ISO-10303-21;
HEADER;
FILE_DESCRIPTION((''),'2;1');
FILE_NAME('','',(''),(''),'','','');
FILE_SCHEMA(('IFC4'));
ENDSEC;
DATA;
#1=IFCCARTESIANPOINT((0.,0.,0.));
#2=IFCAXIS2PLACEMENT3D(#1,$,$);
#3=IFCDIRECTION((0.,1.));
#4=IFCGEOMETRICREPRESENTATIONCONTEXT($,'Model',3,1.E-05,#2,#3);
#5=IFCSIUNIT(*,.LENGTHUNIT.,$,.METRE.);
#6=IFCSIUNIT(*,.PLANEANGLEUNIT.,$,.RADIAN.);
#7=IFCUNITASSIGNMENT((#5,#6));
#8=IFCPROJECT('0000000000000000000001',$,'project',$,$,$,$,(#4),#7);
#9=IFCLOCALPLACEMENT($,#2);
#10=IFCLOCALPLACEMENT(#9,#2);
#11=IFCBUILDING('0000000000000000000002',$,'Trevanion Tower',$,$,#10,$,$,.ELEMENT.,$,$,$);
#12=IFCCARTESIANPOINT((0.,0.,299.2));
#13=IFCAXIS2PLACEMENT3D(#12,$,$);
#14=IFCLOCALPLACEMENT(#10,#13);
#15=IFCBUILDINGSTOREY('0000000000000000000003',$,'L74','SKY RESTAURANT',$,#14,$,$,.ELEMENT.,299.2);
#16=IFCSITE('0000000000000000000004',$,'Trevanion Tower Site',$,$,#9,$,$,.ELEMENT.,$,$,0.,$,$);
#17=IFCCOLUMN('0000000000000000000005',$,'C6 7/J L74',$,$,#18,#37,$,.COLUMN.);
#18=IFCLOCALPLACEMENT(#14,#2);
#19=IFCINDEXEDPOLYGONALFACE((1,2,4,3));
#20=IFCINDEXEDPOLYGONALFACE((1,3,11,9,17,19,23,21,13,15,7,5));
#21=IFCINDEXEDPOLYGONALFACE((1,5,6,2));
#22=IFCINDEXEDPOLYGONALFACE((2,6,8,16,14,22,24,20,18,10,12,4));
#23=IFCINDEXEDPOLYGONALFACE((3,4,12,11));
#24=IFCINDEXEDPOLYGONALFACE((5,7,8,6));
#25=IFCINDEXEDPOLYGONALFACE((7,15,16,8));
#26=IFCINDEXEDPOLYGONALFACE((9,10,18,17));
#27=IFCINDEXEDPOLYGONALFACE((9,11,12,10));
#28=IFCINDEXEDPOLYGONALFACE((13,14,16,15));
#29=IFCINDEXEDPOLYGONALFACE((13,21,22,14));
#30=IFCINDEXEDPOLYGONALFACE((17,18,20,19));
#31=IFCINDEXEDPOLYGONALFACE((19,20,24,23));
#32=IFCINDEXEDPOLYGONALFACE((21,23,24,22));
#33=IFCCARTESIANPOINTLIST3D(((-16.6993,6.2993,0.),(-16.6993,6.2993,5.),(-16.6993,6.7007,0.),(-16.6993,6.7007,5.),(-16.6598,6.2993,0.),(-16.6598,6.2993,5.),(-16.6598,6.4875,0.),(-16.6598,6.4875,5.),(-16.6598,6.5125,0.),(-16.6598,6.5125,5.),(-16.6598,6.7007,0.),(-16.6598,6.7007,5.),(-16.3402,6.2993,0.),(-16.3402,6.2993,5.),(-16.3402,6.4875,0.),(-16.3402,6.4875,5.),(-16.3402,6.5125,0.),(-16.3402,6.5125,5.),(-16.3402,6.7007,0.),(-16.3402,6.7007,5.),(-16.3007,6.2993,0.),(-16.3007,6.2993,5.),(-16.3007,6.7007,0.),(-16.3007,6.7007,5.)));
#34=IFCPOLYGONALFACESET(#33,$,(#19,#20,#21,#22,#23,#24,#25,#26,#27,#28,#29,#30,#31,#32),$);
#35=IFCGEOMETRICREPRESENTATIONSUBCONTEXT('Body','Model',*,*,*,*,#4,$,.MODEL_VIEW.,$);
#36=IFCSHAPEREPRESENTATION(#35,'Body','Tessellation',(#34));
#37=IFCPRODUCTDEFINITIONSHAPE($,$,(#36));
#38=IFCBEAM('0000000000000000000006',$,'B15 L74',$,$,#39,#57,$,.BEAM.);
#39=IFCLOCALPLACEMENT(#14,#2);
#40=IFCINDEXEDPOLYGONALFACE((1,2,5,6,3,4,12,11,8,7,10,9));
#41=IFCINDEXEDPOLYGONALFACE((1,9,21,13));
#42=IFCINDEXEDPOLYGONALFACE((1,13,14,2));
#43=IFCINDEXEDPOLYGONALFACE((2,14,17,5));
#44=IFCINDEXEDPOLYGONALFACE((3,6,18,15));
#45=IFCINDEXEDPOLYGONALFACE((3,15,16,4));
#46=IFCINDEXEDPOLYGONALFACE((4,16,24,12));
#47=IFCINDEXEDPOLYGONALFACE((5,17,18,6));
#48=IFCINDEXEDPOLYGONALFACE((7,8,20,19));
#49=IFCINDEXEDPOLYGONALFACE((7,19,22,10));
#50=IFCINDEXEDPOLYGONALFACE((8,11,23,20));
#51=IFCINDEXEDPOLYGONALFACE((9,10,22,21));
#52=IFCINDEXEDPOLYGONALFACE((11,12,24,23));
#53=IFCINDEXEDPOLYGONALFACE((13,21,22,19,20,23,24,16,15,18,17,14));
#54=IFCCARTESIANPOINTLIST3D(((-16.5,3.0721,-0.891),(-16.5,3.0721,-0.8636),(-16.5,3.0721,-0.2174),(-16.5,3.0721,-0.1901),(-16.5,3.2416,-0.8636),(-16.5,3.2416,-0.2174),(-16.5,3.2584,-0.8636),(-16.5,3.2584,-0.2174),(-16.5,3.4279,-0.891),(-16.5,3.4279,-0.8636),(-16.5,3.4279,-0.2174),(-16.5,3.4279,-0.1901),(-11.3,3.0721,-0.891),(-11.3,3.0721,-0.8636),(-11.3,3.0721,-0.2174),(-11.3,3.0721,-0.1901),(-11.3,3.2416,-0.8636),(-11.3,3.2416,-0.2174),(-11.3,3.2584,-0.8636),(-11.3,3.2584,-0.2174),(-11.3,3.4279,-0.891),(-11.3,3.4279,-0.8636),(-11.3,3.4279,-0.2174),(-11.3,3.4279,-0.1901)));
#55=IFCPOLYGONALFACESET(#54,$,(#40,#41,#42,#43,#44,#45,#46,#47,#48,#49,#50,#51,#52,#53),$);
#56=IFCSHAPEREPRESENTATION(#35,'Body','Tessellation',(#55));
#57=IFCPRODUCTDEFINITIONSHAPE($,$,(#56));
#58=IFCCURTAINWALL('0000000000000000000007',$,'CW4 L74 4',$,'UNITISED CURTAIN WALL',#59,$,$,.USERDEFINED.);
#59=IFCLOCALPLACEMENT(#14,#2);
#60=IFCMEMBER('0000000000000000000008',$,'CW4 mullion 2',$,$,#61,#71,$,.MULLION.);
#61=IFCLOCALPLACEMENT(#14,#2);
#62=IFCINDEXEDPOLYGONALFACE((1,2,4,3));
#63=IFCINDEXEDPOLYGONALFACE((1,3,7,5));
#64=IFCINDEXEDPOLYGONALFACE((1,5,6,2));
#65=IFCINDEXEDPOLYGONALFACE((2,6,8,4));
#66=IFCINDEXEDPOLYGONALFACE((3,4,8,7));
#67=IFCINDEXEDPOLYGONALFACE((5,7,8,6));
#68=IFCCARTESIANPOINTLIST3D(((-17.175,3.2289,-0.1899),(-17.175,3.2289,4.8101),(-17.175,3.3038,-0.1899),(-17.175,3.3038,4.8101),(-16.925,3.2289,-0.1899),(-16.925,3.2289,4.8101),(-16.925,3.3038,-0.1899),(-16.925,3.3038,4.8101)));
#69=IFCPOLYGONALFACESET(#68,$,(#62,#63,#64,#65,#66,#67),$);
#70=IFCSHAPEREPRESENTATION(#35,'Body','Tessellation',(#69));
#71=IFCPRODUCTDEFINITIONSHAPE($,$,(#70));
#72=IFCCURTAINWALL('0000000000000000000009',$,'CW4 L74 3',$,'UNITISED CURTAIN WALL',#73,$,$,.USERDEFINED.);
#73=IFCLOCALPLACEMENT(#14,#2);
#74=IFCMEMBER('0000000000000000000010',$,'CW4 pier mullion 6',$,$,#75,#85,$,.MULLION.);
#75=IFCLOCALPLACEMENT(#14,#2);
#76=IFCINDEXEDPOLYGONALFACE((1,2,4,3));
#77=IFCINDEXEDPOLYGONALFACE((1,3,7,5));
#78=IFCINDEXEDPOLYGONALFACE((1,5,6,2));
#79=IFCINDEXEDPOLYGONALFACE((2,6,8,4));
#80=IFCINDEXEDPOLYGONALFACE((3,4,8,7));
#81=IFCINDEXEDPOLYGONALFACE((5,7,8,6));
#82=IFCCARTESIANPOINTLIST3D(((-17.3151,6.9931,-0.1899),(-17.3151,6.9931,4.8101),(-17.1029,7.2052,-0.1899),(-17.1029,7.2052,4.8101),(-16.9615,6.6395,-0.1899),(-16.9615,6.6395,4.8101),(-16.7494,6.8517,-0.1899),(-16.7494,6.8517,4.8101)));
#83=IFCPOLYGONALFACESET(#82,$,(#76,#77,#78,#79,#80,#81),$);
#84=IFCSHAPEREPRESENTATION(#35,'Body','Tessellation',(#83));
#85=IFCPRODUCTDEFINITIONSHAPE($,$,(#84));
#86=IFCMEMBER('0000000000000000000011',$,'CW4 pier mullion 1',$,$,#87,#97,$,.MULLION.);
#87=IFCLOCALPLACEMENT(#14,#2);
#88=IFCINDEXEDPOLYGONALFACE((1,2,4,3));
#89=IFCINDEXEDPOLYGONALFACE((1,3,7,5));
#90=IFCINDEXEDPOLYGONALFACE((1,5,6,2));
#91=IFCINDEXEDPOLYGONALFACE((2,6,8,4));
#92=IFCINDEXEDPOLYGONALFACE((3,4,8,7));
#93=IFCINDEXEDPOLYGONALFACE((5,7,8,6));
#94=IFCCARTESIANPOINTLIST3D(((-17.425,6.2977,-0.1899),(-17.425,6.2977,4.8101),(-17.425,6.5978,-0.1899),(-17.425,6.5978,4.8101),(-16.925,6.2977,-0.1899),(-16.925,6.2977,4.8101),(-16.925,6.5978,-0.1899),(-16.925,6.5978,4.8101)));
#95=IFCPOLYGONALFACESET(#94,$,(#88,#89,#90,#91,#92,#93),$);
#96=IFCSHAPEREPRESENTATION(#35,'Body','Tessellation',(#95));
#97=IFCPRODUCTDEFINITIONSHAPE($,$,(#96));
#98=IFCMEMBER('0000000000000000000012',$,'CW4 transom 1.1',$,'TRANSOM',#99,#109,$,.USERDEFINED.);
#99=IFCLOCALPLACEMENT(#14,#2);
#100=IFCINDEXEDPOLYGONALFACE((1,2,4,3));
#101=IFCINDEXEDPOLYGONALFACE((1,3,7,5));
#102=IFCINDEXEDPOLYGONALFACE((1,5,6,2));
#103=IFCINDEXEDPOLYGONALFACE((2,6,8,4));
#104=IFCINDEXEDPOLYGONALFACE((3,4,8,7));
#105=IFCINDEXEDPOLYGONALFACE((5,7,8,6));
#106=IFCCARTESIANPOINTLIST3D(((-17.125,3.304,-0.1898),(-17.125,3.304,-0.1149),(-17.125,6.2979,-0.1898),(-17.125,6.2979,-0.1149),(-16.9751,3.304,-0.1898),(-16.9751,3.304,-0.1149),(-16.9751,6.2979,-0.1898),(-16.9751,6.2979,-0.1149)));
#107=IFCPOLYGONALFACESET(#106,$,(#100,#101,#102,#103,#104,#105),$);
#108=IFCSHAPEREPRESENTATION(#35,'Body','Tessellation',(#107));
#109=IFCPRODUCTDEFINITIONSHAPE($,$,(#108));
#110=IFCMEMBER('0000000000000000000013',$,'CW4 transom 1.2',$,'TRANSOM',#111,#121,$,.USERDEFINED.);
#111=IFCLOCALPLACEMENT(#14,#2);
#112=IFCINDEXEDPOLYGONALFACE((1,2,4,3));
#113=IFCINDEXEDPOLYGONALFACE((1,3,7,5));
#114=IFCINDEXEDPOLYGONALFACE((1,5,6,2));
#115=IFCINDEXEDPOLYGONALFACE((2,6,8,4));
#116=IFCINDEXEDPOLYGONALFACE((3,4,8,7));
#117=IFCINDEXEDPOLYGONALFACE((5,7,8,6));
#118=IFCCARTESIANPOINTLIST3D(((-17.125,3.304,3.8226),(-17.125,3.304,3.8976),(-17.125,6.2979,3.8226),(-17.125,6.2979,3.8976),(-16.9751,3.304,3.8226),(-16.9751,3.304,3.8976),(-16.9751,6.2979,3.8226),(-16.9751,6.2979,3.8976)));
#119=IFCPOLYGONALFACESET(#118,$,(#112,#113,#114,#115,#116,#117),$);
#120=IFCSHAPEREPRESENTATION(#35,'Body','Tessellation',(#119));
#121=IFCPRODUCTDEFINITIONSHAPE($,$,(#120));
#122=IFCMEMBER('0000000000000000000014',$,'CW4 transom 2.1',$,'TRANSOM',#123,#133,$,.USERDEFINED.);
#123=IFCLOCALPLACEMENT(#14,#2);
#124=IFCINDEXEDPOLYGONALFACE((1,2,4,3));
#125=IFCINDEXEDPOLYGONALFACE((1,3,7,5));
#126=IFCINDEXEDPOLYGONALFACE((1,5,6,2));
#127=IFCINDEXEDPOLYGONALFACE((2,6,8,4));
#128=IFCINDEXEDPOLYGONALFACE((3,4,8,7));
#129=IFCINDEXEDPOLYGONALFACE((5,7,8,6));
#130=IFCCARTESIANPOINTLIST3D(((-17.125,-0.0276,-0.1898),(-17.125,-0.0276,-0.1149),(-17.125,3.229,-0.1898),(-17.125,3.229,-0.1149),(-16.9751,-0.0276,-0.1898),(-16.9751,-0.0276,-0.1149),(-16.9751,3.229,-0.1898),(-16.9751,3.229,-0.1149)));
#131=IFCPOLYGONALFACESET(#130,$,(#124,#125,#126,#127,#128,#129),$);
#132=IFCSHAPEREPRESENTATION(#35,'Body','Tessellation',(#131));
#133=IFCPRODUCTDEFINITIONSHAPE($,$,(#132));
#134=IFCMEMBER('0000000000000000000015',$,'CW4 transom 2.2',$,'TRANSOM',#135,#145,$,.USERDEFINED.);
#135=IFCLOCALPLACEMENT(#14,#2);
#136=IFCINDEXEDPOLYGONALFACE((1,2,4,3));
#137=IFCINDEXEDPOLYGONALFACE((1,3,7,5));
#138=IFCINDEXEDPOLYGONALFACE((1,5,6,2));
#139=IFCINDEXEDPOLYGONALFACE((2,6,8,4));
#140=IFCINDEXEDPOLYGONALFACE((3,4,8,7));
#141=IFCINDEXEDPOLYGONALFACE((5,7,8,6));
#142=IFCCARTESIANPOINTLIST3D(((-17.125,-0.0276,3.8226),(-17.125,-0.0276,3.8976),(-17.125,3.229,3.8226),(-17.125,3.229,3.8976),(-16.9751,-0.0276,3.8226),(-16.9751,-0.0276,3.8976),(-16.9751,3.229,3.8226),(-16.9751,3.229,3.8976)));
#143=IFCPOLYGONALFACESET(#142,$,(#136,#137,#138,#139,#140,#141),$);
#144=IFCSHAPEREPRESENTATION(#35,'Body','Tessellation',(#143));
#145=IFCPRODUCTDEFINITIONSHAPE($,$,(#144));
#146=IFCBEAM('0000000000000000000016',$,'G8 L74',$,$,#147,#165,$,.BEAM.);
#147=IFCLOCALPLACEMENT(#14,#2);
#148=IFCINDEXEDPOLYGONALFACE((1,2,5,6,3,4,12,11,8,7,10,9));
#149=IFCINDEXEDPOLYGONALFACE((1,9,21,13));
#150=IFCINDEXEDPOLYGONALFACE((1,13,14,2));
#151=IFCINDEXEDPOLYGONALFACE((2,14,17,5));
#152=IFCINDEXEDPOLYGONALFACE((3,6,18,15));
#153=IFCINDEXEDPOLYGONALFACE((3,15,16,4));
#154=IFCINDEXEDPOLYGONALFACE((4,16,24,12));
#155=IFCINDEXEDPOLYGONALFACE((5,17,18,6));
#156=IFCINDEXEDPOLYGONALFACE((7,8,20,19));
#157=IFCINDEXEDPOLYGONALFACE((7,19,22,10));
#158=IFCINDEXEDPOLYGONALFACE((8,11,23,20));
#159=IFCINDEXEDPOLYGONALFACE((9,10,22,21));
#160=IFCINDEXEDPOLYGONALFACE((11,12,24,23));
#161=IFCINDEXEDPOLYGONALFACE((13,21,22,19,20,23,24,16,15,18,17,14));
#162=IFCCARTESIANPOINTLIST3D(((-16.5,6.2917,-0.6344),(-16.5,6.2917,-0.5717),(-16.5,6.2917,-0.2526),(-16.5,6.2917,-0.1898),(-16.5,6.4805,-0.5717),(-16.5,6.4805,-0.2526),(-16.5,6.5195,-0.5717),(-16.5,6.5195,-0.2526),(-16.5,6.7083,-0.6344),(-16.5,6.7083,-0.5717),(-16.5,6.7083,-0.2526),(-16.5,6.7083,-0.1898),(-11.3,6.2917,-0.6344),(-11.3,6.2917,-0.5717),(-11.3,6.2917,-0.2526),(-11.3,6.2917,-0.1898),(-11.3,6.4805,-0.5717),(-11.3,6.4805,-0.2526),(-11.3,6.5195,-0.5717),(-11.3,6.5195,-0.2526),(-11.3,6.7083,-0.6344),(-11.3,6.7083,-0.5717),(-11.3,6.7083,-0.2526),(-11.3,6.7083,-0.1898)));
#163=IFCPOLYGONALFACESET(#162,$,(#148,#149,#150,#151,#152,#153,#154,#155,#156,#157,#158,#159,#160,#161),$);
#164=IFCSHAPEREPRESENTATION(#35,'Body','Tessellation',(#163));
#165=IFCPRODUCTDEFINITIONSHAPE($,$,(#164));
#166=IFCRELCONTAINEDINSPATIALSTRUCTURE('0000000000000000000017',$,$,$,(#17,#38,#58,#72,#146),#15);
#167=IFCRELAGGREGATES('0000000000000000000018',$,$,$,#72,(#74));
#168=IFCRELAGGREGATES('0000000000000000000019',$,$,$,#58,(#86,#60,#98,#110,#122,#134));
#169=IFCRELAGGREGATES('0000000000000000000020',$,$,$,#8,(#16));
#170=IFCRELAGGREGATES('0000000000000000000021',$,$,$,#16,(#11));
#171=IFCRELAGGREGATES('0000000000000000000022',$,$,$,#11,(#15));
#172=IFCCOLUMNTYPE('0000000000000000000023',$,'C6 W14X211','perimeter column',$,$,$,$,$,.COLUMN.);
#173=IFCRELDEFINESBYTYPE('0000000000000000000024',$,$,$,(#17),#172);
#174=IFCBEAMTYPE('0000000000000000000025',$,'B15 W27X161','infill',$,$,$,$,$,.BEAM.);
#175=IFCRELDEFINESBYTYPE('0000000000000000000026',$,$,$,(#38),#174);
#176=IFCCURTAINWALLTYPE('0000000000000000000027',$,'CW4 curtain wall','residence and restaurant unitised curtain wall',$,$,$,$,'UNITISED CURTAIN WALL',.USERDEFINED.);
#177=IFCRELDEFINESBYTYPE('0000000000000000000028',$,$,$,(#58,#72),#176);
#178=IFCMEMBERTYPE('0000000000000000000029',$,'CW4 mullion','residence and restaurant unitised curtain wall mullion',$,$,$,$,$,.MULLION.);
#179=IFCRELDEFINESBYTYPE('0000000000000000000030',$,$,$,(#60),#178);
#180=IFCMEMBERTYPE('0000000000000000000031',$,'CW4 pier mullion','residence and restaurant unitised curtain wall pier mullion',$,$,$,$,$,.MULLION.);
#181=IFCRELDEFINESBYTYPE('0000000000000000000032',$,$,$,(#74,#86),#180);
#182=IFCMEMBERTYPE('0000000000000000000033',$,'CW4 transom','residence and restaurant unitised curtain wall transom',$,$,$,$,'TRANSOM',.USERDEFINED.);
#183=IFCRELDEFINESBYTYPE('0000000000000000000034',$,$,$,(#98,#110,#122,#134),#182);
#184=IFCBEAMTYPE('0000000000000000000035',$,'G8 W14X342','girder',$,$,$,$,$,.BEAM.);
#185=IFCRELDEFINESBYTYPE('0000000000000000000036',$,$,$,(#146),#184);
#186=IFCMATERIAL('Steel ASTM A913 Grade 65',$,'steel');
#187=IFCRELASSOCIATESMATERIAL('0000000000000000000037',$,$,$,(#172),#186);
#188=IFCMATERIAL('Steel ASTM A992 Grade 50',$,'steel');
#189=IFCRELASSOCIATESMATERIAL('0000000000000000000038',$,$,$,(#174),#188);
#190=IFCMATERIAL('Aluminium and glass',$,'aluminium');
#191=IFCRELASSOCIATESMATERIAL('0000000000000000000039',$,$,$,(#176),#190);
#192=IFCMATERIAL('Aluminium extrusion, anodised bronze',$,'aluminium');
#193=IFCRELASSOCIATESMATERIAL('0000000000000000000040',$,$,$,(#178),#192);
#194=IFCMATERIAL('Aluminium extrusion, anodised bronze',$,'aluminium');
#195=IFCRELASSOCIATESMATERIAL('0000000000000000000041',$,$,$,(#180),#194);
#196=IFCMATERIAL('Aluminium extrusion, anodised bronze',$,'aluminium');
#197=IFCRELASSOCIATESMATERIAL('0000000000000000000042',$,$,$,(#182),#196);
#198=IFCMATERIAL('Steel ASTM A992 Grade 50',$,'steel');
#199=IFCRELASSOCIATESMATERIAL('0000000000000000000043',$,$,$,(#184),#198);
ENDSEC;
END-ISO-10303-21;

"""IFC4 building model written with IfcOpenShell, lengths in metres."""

from ifc_helpers import new_model, si_unit, direction, frame, origin, origin_2d, place, context, subcontext, project, spatial, rectangle, i_section, extrude, material, material_profile, profile_set, type_object, element, aggregate, save


model = new_model("IFC4")

# Units and contexts
model_context = context("Model", 3, precision=1e-05, world=origin(), true_north=direction((0.0, 1.0)))
body_context = subcontext(model_context, "Body", "Model", "MODEL_VIEW")
ifc_project = project(units=[si_unit("LENGTHUNIT", "METRE"), si_unit("PLANEANGLEUNIT", "RADIAN")], contexts=[model_context])

# Site, building, storey
site_placement = place(None, origin())
site = spatial("IfcSite", under=ifc_project, at=site_placement, Name="Trevanion Tower Site", CompositionType="ELEMENT", RefElevation=0.0)
building_placement = place(site_placement, origin())
building = spatial("IfcBuilding", under=site, at=building_placement, Name="Trevanion Tower", CompositionType="ELEMENT")
storey_placement = place(building_placement, frame((0.0, 0.0, 299.2)))
storey = spatial("IfcBuildingStorey", under=building, at=storey_placement, Name="L74", Description="SKY RESTAURANT", CompositionType="ELEMENT", Elevation=299.2)

# Column
ifc_material_1 = material(Name="Steel ASTM A913 Grade 65", Category="steel")
ifc_material_profile_1 = material_profile(ifc_material_1, i_section(OverallWidth=0.4014, OverallDepth=0.3987, WebThickness=0.0249, FlangeThickness=0.0396, at=origin_2d()), Name="W14X211")
ifc_profile_set_1 = profile_set([ifc_material_profile_1], Name="Steel ASTM A913 Grade 65")
column_type = type_object("IfcColumnType", Name="C6 W14X211", Description="perimeter column", PredefinedType="COLUMN", material=ifc_profile_set_1)
column_placement = place(storey_placement, frame((-16.5, 6.5, 0.0), z_axis=(0.0, 0.0, 1.0), x_axis=(0.0, 1.0, 0.0)))
element("IfcColumn", 1, at=column_placement, inside=storey, type_object=column_type, Name="C6 7/J L74", PredefinedType="COLUMN", context=body_context, shape_type="SweptSolid", body=[
    extrude(i_section(OverallWidth=0.4014, OverallDepth=0.3987, WebThickness=0.0249, FlangeThickness=0.0396, at=origin_2d()), origin(), (0.0, 0.0, 1.0), 5.0),
])

# Beam
ifc_material_2 = material(Name="Steel ASTM A992 Grade 50", Category="steel")
ifc_material_profile_2 = material_profile(ifc_material_2, i_section(OverallWidth=0.3557, OverallDepth=0.7009, WebThickness=0.0168, FlangeThickness=0.0273, at=origin_2d()), Name="W27X161")
ifc_profile_set_2 = profile_set([ifc_material_profile_2], Name="Steel ASTM A992 Grade 50")
beam_type_1 = type_object("IfcBeamType", Name="B15 W27X161", Description="infill", PredefinedType="BEAM", material=ifc_profile_set_2)
beam_1_placement = place(storey_placement, frame((-11.3, 3.25, -0.5405), z_axis=(-1.0, 0.0, 0.0), x_axis=(0.0, -1.0, 0.0)))
element("IfcBeam", 2, at=beam_1_placement, inside=storey, type_object=beam_type_1, Name="B15 L74", PredefinedType="BEAM", context=body_context, shape_type="SweptSolid", body=[
    extrude(i_section(OverallWidth=0.3557, OverallDepth=0.7009, WebThickness=0.0168, FlangeThickness=0.0273, at=origin_2d()), origin(), (0.0, 0.0, 1.0), 5.2),
])

# Curtain walls, members
ifc_material_3 = material(Name="Aluminium and glass", Category="aluminium")
curtain_wall_type = type_object("IfcCurtainWallType", Name="CW4 curtain wall", Description="residence and restaurant unitised curtain wall", ElementType="UNITISED CURTAIN WALL", PredefinedType="USERDEFINED", material=ifc_material_3)
curtain_wall_1_placement = place(storey_placement, origin())
curtain_wall_1 = element("IfcCurtainWall", 3, at=curtain_wall_1_placement, inside=storey, type_object=curtain_wall_type, Name="CW4 L74 4", ObjectType="UNITISED CURTAIN WALL", PredefinedType="USERDEFINED")
ifc_material_4 = material(Name="Aluminium extrusion, anodised bronze", Category="aluminium")
ifc_material_profile_3 = material_profile(ifc_material_4, rectangle(XDim=0.075, YDim=0.25, at=origin_2d()), Name="CW4 mullion")
ifc_profile_set_3 = profile_set([ifc_material_profile_3], Name="Aluminium extrusion, anodised bronze")
member_type_1 = type_object("IfcMemberType", Name="CW4 mullion", Description="residence and restaurant unitised curtain wall mullion", PredefinedType="MULLION", material=ifc_profile_set_3)
member_1_placement = place(storey_placement, frame((-17.05, 3.2664, -0.1899), z_axis=(0.0, 0.0, 1.0), x_axis=(0.0, -1.0, 0.0)))
member_1 = element("IfcMember", 4, at=member_1_placement, type_object=member_type_1, Name="CW4 mullion 2", PredefinedType="MULLION", context=body_context, shape_type="SweptSolid", body=[
    extrude(rectangle(XDim=0.075, YDim=0.25, at=origin_2d()), origin(), (0.0, 0.0, 1.0), 5.0),
])
curtain_wall_2_placement = place(storey_placement, origin())
curtain_wall_2 = element("IfcCurtainWall", 5, at=curtain_wall_2_placement, inside=storey, type_object=curtain_wall_type, Name="CW4 L74 3", ObjectType="UNITISED CURTAIN WALL", PredefinedType="USERDEFINED")
ifc_material_5 = material(Name="Aluminium extrusion, anodised bronze", Category="aluminium")
ifc_material_profile_4 = material_profile(ifc_material_5, rectangle(XDim=0.3, YDim=0.5, at=origin_2d()), Name="CW4 pier mullion")
ifc_profile_set_4 = profile_set([ifc_material_profile_4], Name="Aluminium extrusion, anodised bronze")
member_type_2 = type_object("IfcMemberType", Name="CW4 pier mullion", Description="residence and restaurant unitised curtain wall pier mullion", PredefinedType="MULLION", material=ifc_profile_set_4)
member_2_placement = place(storey_placement, frame((-17.0322, 6.9224, -0.1899), z_axis=(0.0, 0.0, 1.0), x_axis=(-0.707107, -0.707107, 0.0)))
member_2 = element("IfcMember", 6, at=member_2_placement, type_object=member_type_2, Name="CW4 pier mullion 6", PredefinedType="MULLION", context=body_context, shape_type="SweptSolid", body=[
    extrude(rectangle(XDim=0.3, YDim=0.5, at=origin_2d()), origin(), (0.0, 0.0, 1.0), 5.0),
])

# Members
member_3_placement = place(storey_placement, frame((-17.175, 6.4478, -0.1899), z_axis=(0.0, 0.0, 1.0), x_axis=(0.0, -1.0, 0.0)))
member_3 = element("IfcMember", 7, at=member_3_placement, type_object=member_type_2, Name="CW4 pier mullion 1", PredefinedType="MULLION", context=body_context, shape_type="SweptSolid", body=[
    extrude(rectangle(XDim=0.3, YDim=0.5, at=origin_2d()), origin(), (0.0, 0.0, 1.0), 5.0),
])
ifc_material_6 = material(Name="Aluminium extrusion, anodised bronze", Category="aluminium")
ifc_material_profile_5 = material_profile(ifc_material_6, rectangle(XDim=0.1499, YDim=0.075, at=origin_2d()), Name="CW4 transom")
ifc_profile_set_5 = profile_set([ifc_material_profile_5], Name="Aluminium extrusion, anodised bronze")
member_type_3 = type_object("IfcMemberType", Name="CW4 transom", Description="residence and restaurant unitised curtain wall transom", ElementType="TRANSOM", PredefinedType="USERDEFINED", material=ifc_profile_set_5)
member_4_placement = place(storey_placement, frame((-17.05, 6.2979, -0.1523), z_axis=(0.0, -1.0, 0.0), x_axis=(1.0, 0.0, 0.0)))
member_4 = element("IfcMember", 8, at=member_4_placement, type_object=member_type_3, Name="CW4 transom 1.1", ObjectType="TRANSOM", PredefinedType="USERDEFINED", context=body_context, shape_type="SweptSolid", body=[
    extrude(rectangle(XDim=0.1499, YDim=0.075, at=origin_2d()), origin(), (0.0, 0.0, 1.0), 2.9939),
])
member_5_placement = place(storey_placement, frame((-17.05, 6.2979, 3.8601), z_axis=(0.0, -1.0, 0.0), x_axis=(1.0, 0.0, 0.0)))
member_5 = element("IfcMember", 9, at=member_5_placement, type_object=member_type_3, Name="CW4 transom 1.2", ObjectType="TRANSOM", PredefinedType="USERDEFINED", context=body_context, shape_type="SweptSolid", body=[
    extrude(rectangle(XDim=0.1499, YDim=0.075, at=origin_2d()), origin(), (0.0, 0.0, 1.0), 2.9939),
])
member_6_placement = place(storey_placement, frame((-17.05, 3.229, -0.1523), z_axis=(0.0, -1.0, 0.0), x_axis=(1.0, 0.0, 0.0)))
member_6 = element("IfcMember", 10, at=member_6_placement, type_object=member_type_3, Name="CW4 transom 2.1", ObjectType="TRANSOM", PredefinedType="USERDEFINED", context=body_context, shape_type="SweptSolid", body=[
    extrude(rectangle(XDim=0.1499, YDim=0.075, at=origin_2d()), origin(), (0.0, 0.0, 1.0), 3.2566),
])
member_7_placement = place(storey_placement, frame((-17.05, 3.229, 3.8601), z_axis=(0.0, -1.0, 0.0), x_axis=(1.0, 0.0, 0.0)))
member_7 = element("IfcMember", 11, at=member_7_placement, type_object=member_type_3, Name="CW4 transom 2.2", ObjectType="TRANSOM", PredefinedType="USERDEFINED", context=body_context, shape_type="SweptSolid", body=[
    extrude(rectangle(XDim=0.1499, YDim=0.075, at=origin_2d()), origin(), (0.0, 0.0, 1.0), 3.2566),
])

# Beam
ifc_material_7 = material(Name="Steel ASTM A992 Grade 50", Category="steel")
ifc_material_profile_6 = material_profile(ifc_material_7, i_section(OverallWidth=0.4165, OverallDepth=0.4446, WebThickness=0.0391, FlangeThickness=0.0627, at=origin_2d()), Name="W14X342")
ifc_profile_set_6 = profile_set([ifc_material_profile_6], Name="Steel ASTM A992 Grade 50")
beam_type_2 = type_object("IfcBeamType", Name="G8 W14X342", Description="girder", PredefinedType="BEAM", material=ifc_profile_set_6)
beam_2_placement = place(storey_placement, frame((-11.3, 6.5, -0.4121), z_axis=(-1.0, 0.0, 0.0), x_axis=(0.0, -1.0, 0.0)))
element("IfcBeam", 12, at=beam_2_placement, inside=storey, type_object=beam_type_2, Name="G8 L74", PredefinedType="BEAM", context=body_context, shape_type="SweptSolid", body=[
    extrude(i_section(OverallWidth=0.4165, OverallDepth=0.4446, WebThickness=0.0391, FlangeThickness=0.0627, at=origin_2d()), origin(), (0.0, 0.0, 1.0), 5.2),
])

aggregate(curtain_wall_2, [member_2])
aggregate(curtain_wall_1, [member_3, member_1, member_4, member_5, member_6, member_7])

save(model, "model.ifc")
